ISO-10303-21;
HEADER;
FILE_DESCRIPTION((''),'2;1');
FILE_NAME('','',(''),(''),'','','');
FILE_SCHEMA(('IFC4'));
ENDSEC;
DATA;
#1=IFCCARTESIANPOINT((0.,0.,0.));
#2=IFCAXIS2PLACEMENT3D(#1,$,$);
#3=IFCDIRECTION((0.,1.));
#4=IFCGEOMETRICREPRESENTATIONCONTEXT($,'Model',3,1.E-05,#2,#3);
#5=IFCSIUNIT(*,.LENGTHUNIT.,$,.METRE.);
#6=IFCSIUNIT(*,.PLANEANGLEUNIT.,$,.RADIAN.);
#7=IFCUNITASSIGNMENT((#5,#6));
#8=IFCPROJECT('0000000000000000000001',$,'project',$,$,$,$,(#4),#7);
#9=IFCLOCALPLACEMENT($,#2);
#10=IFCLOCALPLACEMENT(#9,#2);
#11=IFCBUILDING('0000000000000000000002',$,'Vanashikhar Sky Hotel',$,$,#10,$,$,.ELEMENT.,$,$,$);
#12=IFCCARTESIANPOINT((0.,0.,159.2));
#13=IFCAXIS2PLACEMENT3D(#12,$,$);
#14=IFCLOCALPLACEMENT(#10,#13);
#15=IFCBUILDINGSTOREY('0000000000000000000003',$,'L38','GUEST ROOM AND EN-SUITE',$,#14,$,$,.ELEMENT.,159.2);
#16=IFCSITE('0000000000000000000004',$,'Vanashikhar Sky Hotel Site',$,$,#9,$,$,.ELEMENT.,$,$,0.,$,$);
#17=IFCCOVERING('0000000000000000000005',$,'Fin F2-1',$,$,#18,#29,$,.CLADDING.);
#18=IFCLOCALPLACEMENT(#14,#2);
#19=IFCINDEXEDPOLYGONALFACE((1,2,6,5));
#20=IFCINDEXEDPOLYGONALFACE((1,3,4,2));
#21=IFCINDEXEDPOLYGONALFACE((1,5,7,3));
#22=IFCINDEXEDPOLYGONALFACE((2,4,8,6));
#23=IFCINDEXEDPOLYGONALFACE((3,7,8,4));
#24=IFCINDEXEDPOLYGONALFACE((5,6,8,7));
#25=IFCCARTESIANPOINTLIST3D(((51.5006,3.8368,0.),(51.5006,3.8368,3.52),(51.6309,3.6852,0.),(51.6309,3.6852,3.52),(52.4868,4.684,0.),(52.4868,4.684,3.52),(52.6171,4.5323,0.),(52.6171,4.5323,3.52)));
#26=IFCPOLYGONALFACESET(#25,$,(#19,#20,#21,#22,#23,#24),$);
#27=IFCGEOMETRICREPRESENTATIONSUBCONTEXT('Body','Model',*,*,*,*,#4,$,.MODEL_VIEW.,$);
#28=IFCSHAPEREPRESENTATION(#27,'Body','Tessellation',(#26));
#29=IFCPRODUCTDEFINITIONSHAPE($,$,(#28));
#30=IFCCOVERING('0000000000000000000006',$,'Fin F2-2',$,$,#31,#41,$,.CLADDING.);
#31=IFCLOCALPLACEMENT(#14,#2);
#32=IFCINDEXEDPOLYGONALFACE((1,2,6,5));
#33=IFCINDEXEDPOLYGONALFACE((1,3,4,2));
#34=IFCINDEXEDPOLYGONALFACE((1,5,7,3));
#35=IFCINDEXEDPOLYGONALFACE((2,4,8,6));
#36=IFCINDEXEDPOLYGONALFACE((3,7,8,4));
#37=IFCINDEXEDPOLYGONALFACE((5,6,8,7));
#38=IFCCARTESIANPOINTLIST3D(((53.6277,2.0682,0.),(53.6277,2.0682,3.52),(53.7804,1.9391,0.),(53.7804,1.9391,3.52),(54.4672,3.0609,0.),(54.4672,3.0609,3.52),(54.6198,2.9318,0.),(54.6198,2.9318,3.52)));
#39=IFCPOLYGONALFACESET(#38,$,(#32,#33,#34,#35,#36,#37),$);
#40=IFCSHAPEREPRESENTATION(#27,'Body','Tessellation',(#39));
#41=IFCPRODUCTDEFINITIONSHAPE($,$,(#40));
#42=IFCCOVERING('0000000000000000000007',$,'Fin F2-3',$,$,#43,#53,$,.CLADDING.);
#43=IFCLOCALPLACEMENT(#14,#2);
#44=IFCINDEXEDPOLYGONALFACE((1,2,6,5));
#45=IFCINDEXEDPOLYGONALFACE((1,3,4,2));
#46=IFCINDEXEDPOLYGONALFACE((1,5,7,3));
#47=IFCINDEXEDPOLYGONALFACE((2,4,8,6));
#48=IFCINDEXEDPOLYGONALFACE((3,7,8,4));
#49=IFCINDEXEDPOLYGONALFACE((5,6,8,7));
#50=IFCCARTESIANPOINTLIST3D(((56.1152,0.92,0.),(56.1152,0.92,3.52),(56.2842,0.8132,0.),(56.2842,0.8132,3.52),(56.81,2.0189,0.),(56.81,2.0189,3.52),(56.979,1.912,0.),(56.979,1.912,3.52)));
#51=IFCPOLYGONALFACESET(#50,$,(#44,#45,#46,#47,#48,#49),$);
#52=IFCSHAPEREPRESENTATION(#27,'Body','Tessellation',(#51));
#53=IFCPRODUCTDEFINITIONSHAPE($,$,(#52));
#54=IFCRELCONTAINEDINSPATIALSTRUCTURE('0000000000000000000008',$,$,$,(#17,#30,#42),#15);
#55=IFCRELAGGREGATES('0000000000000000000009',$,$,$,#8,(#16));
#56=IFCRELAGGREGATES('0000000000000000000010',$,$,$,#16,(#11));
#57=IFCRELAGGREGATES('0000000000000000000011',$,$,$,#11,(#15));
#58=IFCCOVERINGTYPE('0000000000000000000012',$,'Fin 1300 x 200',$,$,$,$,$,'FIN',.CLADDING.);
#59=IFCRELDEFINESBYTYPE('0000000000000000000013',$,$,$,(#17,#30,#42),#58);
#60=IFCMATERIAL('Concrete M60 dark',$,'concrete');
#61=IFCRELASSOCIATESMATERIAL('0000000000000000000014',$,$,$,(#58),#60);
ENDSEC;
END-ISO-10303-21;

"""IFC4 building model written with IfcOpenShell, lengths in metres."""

from ifc_helpers import new_model, si_unit, direction, frame, origin, origin_2d, place, context, subcontext, project, spatial, rectangle, extrude, source, transform, mapped, material, material_profile, profile_set, type_object, element, save


model = new_model("IFC4")

# Units and contexts
model_context = context("Model", 3, precision=1e-05, world=origin(), true_north=direction((0.0, 1.0)))
body_context = subcontext(model_context, "Body", "Model", "MODEL_VIEW")
ifc_project = project(units=[si_unit("LENGTHUNIT", "METRE"), si_unit("PLANEANGLEUNIT", "RADIAN")], contexts=[model_context])

# Site, building, storey
site_placement = place(None, origin())
site = spatial("IfcSite", under=ifc_project, at=site_placement, Name="Vanashikhar Sky Hotel Site", CompositionType="ELEMENT", RefElevation=0.0)
building_placement = place(site_placement, origin())
building = spatial("IfcBuilding", under=site, at=building_placement, Name="Vanashikhar Sky Hotel", CompositionType="ELEMENT")
storey_placement = place(building_placement, frame((0.0, 0.0, 159.2)))
storey = spatial("IfcBuildingStorey", under=building, at=storey_placement, Name="L38", Description="GUEST ROOM AND EN-SUITE", CompositionType="ELEMENT", Elevation=159.2)

# Coverings
ifc_material_1 = material(Name="Concrete M60 dark", Category="concrete")
ifc_material_profile = material_profile(ifc_material_1, rectangle(XDim=1.3, YDim=0.2, at=origin_2d()))
ifc_profile_set = profile_set([ifc_material_profile], Name="Fin 1300 x 200")
covering_type = type_object("IfcCoveringType", Name="Fin 1300 x 200", ElementType="FIN", PredefinedType="CLADDING", material=ifc_profile_set)
shared_shape_1 = source(origin(), body_context, "Body", "SweptSolid", [
    extrude(rectangle(XDim=1.3, YDim=0.2, at=origin_2d()), origin(), (0.0, 0.0, 1.0), 3.52),
])
for number, where, z_axis, x_axis, name in (
    (1, (52.0588, 4.1846, 0.0), (0.0, 0.0, 1.0), (-0.758544, -0.651622, 0.0), "Fin F2-1"),
    (2, (54.1238, 2.5, 0.0), (0.0, 0.0, 1.0), (-0.645698, -0.763593, 0.0), "Fin F2-2"),
    (3, (56.5471, 1.416, 0.0), (0.0, 0.0, 1.0), (-0.534411, -0.845225, 0.0), "Fin F2-3"),
):
    element("IfcCovering", number, at=place(storey_placement, frame(where, z_axis=z_axis, x_axis=x_axis)), inside=storey, type_object=covering_type, Name=name, PredefinedType="CLADDING", context=body_context, shape_type="MappedRepresentation", body=[
        mapped(shared_shape_1, transform((0.0, 0.0, 0.0), scale=1.0)),
    ])

save(model, "model.ifc")
